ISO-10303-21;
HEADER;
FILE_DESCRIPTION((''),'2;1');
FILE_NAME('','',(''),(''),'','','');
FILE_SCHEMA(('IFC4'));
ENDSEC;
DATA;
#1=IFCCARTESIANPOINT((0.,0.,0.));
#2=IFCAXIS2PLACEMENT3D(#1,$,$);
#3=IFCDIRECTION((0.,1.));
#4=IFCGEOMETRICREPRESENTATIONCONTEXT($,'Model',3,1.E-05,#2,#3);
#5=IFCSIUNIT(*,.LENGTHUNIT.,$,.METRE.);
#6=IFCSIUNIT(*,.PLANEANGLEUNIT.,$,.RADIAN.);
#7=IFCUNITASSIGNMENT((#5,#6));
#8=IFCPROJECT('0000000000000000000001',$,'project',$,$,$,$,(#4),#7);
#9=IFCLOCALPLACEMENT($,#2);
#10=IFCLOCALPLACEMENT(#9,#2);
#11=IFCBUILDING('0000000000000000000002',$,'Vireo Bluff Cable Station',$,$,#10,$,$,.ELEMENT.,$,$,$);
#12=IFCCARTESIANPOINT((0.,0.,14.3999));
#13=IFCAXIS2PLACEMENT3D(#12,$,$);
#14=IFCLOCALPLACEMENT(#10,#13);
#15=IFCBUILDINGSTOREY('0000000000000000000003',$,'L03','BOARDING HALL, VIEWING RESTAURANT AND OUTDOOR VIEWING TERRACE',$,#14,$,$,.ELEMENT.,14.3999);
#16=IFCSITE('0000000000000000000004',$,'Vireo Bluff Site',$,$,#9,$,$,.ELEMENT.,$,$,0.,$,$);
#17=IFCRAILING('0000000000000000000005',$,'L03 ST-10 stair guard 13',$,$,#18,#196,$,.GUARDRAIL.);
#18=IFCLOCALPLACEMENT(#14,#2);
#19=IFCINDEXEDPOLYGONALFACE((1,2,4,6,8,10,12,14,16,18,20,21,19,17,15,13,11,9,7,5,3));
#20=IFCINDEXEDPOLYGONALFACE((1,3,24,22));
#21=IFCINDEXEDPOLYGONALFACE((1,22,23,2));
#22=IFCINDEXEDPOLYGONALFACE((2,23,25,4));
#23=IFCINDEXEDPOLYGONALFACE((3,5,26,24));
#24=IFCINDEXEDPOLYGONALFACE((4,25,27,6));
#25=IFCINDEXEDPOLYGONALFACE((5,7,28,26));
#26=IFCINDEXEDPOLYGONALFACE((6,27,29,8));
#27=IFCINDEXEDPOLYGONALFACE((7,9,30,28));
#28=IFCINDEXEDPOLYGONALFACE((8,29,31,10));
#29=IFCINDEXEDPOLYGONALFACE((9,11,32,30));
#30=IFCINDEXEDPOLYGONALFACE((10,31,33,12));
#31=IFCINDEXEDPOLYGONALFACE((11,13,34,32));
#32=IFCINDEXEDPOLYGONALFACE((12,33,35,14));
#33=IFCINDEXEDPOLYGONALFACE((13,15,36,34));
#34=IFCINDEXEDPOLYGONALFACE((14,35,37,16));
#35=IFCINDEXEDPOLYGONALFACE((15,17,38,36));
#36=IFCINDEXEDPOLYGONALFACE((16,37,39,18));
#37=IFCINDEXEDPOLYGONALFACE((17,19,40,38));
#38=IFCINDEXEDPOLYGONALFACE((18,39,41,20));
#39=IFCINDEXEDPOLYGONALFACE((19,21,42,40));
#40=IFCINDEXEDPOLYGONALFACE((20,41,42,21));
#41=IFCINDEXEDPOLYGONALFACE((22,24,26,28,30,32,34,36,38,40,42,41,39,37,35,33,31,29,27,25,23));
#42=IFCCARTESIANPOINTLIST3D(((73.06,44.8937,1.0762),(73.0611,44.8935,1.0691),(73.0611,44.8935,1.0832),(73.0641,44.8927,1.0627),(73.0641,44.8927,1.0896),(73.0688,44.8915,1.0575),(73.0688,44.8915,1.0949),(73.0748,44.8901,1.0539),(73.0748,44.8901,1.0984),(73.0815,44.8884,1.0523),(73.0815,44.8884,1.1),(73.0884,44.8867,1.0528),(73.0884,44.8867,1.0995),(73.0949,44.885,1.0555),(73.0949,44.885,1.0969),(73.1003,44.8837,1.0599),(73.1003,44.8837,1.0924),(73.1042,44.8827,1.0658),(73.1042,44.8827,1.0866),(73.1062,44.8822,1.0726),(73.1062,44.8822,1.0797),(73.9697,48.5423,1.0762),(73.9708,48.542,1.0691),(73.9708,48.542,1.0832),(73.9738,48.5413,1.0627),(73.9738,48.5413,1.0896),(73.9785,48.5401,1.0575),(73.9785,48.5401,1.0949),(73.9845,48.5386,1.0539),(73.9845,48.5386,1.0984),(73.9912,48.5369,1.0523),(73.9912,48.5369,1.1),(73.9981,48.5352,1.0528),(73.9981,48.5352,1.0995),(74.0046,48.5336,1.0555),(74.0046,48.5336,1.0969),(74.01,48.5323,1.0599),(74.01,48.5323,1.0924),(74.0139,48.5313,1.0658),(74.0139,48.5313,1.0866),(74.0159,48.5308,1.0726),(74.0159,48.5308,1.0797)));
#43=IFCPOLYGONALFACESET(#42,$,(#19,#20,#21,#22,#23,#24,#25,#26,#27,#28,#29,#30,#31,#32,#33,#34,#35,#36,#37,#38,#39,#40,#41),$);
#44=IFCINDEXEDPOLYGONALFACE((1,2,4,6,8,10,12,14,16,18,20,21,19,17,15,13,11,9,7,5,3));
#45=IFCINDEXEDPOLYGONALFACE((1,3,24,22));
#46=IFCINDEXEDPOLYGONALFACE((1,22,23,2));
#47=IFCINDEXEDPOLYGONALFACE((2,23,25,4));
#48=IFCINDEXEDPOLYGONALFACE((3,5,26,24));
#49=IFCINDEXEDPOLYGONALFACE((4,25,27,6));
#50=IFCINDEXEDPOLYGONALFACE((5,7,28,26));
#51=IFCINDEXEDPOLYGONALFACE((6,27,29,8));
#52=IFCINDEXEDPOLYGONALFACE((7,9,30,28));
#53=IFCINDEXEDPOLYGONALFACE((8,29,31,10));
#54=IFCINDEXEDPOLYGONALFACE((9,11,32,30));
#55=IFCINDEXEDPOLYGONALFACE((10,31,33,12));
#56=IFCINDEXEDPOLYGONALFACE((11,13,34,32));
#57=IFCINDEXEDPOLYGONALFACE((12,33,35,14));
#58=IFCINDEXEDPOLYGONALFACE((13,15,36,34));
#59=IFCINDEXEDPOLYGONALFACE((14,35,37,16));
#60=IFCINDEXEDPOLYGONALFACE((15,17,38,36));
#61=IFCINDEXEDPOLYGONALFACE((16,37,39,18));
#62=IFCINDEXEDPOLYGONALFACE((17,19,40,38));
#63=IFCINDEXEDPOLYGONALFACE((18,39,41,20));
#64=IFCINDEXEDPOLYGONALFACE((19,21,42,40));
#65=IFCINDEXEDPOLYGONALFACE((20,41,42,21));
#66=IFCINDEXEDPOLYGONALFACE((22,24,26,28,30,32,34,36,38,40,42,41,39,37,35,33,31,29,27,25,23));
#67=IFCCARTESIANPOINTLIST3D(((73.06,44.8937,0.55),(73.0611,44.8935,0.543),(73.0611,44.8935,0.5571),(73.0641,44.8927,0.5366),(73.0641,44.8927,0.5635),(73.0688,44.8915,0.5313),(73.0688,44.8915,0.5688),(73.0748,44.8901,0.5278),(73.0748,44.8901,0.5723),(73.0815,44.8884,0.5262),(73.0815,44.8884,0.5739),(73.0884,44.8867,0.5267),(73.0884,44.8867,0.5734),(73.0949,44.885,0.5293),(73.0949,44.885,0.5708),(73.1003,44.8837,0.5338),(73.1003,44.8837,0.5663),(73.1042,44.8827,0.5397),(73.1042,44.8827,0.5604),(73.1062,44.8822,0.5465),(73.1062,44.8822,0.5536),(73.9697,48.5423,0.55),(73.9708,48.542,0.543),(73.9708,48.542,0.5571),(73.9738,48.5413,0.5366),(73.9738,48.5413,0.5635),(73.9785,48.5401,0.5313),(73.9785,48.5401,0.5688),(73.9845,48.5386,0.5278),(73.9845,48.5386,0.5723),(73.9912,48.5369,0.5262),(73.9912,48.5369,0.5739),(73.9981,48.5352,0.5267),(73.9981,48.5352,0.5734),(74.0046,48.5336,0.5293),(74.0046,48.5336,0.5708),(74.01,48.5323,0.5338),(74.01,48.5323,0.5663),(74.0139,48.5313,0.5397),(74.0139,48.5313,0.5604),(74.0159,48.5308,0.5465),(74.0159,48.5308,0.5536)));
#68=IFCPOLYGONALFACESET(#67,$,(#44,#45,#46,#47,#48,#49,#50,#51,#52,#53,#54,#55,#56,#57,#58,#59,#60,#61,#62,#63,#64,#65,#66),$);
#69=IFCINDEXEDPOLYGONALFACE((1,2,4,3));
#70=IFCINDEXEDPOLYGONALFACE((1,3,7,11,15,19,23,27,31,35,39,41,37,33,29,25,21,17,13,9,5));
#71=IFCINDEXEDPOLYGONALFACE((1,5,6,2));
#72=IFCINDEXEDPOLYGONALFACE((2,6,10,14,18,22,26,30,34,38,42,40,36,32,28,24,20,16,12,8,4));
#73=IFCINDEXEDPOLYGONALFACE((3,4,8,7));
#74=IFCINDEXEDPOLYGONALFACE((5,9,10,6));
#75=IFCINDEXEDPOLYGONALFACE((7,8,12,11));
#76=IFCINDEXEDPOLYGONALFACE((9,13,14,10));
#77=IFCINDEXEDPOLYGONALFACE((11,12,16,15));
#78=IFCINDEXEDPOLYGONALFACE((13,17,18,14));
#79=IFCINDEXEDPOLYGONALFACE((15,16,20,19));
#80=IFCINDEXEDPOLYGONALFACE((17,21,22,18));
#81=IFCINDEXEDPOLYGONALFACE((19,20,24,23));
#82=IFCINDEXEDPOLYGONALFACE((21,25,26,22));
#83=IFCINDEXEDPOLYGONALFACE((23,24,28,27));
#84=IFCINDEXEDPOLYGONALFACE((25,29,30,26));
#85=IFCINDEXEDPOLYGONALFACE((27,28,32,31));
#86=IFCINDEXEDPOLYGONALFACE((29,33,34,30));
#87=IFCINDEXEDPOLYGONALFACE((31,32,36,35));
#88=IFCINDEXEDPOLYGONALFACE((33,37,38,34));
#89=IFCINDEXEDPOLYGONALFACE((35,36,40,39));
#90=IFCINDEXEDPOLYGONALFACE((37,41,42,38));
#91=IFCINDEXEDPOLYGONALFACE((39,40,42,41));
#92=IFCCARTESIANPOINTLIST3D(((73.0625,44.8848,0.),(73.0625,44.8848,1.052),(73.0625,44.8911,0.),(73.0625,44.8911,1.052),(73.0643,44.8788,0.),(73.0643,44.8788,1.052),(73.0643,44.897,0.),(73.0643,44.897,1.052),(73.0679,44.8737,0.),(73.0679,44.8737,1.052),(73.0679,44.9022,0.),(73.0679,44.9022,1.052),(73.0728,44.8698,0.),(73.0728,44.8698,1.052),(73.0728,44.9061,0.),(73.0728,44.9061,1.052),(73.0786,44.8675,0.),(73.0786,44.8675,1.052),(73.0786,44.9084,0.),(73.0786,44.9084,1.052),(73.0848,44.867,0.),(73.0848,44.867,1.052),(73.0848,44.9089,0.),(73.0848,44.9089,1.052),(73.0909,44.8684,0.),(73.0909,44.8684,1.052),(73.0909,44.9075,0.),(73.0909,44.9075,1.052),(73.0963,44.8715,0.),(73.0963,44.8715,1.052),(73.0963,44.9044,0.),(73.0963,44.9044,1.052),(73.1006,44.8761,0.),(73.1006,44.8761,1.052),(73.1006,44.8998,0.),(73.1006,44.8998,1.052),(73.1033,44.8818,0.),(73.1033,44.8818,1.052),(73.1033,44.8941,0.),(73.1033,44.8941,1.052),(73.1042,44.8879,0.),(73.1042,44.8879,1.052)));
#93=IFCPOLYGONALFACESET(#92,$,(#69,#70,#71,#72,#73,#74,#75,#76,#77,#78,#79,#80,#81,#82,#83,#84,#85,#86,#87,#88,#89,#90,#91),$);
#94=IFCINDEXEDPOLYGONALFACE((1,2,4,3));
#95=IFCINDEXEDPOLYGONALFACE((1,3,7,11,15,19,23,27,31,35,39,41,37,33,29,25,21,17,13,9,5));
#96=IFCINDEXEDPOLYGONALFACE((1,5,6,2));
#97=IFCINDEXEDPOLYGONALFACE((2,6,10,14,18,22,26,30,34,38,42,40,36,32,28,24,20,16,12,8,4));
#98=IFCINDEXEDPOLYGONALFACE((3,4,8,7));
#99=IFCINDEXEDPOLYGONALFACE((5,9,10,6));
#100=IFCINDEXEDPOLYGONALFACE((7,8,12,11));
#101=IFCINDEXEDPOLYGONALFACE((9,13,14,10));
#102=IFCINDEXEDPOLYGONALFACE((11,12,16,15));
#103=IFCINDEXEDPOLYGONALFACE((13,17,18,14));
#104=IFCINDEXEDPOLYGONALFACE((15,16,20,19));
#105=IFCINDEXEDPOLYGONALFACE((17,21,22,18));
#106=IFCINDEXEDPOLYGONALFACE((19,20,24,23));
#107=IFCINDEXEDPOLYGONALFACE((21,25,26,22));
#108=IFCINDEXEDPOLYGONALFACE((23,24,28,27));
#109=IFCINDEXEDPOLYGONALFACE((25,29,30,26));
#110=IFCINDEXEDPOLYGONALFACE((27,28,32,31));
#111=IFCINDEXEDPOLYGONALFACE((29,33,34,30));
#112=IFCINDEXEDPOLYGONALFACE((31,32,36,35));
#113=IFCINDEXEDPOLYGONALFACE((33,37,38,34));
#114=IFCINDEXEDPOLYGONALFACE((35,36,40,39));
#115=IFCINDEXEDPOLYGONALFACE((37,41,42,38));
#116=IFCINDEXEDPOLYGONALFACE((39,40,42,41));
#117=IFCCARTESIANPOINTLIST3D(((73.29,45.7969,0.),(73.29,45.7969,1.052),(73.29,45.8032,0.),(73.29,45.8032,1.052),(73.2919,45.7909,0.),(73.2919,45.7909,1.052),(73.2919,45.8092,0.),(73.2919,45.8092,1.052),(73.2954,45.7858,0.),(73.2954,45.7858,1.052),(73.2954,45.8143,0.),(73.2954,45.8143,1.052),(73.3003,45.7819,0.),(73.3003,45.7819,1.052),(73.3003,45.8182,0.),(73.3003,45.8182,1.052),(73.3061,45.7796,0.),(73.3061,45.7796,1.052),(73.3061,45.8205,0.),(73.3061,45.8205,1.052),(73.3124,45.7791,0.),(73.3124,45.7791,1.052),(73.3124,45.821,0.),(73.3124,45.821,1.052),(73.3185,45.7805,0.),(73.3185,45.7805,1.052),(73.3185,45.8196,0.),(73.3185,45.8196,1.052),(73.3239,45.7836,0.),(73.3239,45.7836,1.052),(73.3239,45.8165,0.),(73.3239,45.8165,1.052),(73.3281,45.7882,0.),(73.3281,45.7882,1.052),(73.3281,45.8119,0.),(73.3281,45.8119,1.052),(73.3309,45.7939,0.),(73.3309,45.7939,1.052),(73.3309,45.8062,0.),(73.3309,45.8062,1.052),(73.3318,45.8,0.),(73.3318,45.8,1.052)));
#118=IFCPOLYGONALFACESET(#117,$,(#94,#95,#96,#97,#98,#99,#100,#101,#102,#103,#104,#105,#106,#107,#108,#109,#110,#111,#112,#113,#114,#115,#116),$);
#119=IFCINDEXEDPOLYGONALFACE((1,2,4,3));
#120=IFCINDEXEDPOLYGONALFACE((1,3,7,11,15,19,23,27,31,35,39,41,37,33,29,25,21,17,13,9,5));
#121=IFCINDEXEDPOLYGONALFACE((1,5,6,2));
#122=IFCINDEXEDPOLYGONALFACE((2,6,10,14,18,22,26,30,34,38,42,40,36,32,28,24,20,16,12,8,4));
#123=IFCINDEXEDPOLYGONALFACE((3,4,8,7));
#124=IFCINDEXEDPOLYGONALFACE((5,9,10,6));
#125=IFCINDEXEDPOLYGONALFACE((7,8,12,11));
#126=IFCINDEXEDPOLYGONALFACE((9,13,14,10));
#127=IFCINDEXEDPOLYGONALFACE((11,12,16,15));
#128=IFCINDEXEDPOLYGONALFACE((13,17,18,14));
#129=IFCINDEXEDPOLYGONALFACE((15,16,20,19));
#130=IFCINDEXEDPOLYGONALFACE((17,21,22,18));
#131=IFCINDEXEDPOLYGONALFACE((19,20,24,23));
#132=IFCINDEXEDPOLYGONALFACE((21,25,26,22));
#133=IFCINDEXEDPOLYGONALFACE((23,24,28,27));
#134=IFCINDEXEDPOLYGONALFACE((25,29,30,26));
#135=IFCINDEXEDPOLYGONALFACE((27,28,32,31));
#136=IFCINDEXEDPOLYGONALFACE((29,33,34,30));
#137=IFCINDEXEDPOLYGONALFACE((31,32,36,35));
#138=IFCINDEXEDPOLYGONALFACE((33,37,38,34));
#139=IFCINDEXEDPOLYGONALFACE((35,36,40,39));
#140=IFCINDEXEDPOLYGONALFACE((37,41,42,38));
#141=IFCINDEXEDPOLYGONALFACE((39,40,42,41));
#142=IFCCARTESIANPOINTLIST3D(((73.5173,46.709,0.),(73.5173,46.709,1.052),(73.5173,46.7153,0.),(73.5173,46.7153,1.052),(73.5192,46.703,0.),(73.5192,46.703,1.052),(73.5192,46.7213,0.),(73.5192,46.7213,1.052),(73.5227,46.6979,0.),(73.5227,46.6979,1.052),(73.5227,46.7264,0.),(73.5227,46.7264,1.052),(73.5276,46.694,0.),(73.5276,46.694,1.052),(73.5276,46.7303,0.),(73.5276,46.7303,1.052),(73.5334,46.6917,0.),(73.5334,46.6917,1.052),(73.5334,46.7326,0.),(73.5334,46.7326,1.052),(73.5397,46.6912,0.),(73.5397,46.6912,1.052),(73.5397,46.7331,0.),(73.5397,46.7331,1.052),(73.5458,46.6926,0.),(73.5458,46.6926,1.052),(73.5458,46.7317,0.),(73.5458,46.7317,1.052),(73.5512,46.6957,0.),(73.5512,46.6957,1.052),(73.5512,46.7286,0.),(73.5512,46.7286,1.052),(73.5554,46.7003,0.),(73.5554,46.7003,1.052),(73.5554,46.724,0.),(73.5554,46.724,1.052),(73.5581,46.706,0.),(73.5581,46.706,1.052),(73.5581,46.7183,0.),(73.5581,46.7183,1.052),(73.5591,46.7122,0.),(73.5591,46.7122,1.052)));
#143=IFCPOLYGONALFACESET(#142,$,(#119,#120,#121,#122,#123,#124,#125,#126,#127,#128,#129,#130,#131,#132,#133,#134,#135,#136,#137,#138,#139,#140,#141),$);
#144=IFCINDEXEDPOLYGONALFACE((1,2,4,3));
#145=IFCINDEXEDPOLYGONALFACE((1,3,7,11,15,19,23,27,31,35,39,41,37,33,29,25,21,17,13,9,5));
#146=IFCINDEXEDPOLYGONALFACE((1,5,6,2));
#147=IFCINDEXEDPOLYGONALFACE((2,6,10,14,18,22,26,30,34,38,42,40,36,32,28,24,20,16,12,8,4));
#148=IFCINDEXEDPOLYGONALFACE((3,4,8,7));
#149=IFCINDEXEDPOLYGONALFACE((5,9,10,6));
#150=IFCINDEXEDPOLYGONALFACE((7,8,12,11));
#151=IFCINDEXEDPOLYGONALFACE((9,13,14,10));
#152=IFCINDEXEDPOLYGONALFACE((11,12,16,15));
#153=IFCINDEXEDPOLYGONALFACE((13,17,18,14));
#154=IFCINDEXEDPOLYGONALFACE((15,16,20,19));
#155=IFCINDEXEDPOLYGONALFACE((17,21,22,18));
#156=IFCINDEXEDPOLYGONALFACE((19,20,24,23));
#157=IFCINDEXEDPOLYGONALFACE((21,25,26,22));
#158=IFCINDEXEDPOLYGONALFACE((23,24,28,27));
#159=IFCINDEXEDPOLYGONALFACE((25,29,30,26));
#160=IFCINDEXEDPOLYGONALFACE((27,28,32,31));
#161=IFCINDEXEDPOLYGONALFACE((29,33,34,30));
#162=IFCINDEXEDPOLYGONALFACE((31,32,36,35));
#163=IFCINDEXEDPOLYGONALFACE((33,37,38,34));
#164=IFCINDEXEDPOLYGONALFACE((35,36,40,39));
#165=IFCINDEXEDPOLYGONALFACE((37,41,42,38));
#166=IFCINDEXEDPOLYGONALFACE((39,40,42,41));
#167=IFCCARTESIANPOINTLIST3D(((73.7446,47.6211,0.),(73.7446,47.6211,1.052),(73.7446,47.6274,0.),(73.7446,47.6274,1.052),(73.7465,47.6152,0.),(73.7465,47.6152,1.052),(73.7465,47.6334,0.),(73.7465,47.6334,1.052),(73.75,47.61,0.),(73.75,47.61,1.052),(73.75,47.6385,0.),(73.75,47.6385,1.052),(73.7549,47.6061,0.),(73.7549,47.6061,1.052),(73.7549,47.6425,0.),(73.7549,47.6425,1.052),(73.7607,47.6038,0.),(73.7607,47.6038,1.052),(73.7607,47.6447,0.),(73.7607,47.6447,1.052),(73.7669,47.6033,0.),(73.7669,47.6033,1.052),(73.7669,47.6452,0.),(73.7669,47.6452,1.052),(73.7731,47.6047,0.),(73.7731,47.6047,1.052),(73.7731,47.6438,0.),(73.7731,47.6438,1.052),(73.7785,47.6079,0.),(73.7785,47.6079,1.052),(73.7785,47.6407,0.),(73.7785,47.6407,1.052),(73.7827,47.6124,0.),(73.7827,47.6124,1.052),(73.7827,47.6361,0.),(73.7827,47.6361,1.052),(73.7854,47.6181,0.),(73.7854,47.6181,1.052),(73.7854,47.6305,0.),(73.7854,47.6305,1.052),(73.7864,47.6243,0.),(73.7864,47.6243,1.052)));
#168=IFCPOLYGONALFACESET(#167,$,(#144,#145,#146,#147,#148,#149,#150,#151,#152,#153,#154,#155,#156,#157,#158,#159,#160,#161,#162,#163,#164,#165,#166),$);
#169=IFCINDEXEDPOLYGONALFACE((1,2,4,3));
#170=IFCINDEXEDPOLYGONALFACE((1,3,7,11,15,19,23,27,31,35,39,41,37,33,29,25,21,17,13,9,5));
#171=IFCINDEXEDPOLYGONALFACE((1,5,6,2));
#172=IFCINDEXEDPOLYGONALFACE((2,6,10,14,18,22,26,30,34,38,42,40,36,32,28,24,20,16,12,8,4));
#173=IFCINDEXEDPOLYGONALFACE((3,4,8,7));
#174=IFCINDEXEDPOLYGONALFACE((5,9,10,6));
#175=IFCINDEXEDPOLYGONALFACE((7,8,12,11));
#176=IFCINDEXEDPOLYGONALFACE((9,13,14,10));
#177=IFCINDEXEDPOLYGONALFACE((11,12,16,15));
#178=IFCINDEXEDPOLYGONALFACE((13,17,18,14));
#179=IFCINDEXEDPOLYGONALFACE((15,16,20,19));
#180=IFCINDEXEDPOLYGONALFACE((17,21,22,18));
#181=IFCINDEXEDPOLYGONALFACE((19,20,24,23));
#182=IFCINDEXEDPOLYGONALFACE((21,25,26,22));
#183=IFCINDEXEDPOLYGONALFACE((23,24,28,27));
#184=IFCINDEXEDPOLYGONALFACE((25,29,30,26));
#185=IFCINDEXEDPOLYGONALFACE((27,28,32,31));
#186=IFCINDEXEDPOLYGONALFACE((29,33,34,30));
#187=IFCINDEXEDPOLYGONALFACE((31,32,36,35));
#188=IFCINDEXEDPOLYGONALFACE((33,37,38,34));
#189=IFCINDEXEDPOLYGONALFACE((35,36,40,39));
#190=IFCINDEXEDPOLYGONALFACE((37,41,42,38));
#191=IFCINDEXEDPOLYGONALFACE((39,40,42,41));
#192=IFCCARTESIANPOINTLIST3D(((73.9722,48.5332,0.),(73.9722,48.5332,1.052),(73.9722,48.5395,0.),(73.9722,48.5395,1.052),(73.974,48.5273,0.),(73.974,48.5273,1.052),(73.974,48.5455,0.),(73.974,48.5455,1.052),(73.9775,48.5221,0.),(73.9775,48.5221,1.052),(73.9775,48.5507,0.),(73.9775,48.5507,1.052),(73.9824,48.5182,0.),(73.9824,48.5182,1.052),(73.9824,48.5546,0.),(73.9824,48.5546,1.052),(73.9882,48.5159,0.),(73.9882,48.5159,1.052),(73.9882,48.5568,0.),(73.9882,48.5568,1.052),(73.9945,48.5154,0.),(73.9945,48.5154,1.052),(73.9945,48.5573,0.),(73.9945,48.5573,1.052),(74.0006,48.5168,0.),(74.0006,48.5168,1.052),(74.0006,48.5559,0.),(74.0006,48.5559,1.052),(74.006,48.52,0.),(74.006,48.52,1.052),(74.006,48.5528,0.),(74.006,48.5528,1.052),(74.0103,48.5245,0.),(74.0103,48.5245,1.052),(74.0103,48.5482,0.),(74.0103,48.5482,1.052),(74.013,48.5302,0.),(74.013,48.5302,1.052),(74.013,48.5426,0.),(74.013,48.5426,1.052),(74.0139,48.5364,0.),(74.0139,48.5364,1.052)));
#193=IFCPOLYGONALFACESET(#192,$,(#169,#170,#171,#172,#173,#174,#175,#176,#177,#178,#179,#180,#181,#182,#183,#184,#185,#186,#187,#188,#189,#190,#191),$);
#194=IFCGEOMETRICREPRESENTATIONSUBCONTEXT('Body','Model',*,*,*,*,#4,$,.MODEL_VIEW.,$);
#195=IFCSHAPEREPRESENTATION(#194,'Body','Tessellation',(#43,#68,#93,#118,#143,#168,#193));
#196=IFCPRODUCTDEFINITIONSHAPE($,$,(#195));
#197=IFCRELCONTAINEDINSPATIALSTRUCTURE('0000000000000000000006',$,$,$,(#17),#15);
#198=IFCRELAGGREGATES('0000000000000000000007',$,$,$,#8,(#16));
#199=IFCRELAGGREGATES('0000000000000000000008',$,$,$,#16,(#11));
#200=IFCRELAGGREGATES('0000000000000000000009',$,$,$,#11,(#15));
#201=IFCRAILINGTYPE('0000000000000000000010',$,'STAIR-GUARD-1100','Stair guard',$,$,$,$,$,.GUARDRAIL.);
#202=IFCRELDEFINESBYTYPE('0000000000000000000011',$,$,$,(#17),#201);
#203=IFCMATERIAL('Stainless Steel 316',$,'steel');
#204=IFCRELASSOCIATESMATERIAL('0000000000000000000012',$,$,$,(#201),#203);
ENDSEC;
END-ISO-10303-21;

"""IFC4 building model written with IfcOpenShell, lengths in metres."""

from ifc_helpers import new_model, si_unit, direction, frame, origin, origin_2d, place, context, subcontext, project, spatial, circle, extrude, material, type_object, element, save


model = new_model("IFC4")

# Units and contexts
model_context = context("Model", 3, precision=1e-05, world=origin(), true_north=direction((0.0, 1.0)))
body_context = subcontext(model_context, "Body", "Model", "MODEL_VIEW")
ifc_project = project(units=[si_unit("LENGTHUNIT", "METRE"), si_unit("PLANEANGLEUNIT", "RADIAN")], contexts=[model_context])

# Site, building, storey
site_placement = place(None, origin())
site = spatial("IfcSite", under=ifc_project, at=site_placement, Name="Vireo Bluff Site", CompositionType="ELEMENT", RefElevation=0.0)
building_placement = place(site_placement, origin())
building = spatial("IfcBuilding", under=site, at=building_placement, Name="Vireo Bluff Cable Station", CompositionType="ELEMENT")
storey_placement = place(building_placement, frame((0.0, 0.0, 14.3999)))
storey = spatial("IfcBuildingStorey", under=building, at=storey_placement, Name="L03", Description="BOARDING HALL, VIEWING RESTAURANT AND OUTDOOR VIEWING TERRACE", CompositionType="ELEMENT", Elevation=14.3999)

# Railing
ifc_material_1 = material(Name="Stainless Steel 316", Category="steel")
railing_type_1 = type_object("IfcRailingType", Name="STAIR-GUARD-1100", Description="Stair guard", PredefinedType="GUARDRAIL", material=ifc_material_1)
railing_1_placement = place(storey_placement, frame((73.0833, 44.8879, 0.0)))
element("IfcRailing", 1, at=railing_1_placement, inside=storey, type_object=railing_type_1, Name="L03 ST-10 stair guard 13", PredefinedType="GUARDRAIL", context=body_context, shape_type="SweptSolid", body=[
    extrude(circle(Radius=0.0239, at=origin_2d()), frame((0.0, 0.0, 1.0762), z_axis=(0.241924, 0.970295, 0.0), x_axis=(-0.970295, 0.241924, 0.0)), (0.0, 0.0, 1.0), 3.7603),
    extrude(circle(Radius=0.0239, at=origin_2d()), frame((0.0, 0.0, 0.55), z_axis=(0.241924, 0.970295, 0.0), x_axis=(-0.970295, 0.241924, 0.0)), (0.0, 0.0, 1.0), 3.7603),
    extrude(circle(Radius=0.021, at=origin_2d()), origin(), (0.0, 0.0, 1.0), 1.052),
    extrude(circle(Radius=0.021, at=origin_2d()), frame((0.2275, 0.9121, 0.0)), (0.0, 0.0, 1.0), 1.052),
    extrude(circle(Radius=0.021, at=origin_2d()), frame((0.4548, 1.8242, 0.0)), (0.0, 0.0, 1.0), 1.052),
    extrude(circle(Radius=0.021, at=origin_2d()), frame((0.6821, 2.7363, 0.0)), (0.0, 0.0, 1.0), 1.052),
    extrude(circle(Radius=0.021, at=origin_2d()), frame((0.9097, 3.6484, 0.0)), (0.0, 0.0, 1.0), 1.052),
])

save(model, "model.ifc")
